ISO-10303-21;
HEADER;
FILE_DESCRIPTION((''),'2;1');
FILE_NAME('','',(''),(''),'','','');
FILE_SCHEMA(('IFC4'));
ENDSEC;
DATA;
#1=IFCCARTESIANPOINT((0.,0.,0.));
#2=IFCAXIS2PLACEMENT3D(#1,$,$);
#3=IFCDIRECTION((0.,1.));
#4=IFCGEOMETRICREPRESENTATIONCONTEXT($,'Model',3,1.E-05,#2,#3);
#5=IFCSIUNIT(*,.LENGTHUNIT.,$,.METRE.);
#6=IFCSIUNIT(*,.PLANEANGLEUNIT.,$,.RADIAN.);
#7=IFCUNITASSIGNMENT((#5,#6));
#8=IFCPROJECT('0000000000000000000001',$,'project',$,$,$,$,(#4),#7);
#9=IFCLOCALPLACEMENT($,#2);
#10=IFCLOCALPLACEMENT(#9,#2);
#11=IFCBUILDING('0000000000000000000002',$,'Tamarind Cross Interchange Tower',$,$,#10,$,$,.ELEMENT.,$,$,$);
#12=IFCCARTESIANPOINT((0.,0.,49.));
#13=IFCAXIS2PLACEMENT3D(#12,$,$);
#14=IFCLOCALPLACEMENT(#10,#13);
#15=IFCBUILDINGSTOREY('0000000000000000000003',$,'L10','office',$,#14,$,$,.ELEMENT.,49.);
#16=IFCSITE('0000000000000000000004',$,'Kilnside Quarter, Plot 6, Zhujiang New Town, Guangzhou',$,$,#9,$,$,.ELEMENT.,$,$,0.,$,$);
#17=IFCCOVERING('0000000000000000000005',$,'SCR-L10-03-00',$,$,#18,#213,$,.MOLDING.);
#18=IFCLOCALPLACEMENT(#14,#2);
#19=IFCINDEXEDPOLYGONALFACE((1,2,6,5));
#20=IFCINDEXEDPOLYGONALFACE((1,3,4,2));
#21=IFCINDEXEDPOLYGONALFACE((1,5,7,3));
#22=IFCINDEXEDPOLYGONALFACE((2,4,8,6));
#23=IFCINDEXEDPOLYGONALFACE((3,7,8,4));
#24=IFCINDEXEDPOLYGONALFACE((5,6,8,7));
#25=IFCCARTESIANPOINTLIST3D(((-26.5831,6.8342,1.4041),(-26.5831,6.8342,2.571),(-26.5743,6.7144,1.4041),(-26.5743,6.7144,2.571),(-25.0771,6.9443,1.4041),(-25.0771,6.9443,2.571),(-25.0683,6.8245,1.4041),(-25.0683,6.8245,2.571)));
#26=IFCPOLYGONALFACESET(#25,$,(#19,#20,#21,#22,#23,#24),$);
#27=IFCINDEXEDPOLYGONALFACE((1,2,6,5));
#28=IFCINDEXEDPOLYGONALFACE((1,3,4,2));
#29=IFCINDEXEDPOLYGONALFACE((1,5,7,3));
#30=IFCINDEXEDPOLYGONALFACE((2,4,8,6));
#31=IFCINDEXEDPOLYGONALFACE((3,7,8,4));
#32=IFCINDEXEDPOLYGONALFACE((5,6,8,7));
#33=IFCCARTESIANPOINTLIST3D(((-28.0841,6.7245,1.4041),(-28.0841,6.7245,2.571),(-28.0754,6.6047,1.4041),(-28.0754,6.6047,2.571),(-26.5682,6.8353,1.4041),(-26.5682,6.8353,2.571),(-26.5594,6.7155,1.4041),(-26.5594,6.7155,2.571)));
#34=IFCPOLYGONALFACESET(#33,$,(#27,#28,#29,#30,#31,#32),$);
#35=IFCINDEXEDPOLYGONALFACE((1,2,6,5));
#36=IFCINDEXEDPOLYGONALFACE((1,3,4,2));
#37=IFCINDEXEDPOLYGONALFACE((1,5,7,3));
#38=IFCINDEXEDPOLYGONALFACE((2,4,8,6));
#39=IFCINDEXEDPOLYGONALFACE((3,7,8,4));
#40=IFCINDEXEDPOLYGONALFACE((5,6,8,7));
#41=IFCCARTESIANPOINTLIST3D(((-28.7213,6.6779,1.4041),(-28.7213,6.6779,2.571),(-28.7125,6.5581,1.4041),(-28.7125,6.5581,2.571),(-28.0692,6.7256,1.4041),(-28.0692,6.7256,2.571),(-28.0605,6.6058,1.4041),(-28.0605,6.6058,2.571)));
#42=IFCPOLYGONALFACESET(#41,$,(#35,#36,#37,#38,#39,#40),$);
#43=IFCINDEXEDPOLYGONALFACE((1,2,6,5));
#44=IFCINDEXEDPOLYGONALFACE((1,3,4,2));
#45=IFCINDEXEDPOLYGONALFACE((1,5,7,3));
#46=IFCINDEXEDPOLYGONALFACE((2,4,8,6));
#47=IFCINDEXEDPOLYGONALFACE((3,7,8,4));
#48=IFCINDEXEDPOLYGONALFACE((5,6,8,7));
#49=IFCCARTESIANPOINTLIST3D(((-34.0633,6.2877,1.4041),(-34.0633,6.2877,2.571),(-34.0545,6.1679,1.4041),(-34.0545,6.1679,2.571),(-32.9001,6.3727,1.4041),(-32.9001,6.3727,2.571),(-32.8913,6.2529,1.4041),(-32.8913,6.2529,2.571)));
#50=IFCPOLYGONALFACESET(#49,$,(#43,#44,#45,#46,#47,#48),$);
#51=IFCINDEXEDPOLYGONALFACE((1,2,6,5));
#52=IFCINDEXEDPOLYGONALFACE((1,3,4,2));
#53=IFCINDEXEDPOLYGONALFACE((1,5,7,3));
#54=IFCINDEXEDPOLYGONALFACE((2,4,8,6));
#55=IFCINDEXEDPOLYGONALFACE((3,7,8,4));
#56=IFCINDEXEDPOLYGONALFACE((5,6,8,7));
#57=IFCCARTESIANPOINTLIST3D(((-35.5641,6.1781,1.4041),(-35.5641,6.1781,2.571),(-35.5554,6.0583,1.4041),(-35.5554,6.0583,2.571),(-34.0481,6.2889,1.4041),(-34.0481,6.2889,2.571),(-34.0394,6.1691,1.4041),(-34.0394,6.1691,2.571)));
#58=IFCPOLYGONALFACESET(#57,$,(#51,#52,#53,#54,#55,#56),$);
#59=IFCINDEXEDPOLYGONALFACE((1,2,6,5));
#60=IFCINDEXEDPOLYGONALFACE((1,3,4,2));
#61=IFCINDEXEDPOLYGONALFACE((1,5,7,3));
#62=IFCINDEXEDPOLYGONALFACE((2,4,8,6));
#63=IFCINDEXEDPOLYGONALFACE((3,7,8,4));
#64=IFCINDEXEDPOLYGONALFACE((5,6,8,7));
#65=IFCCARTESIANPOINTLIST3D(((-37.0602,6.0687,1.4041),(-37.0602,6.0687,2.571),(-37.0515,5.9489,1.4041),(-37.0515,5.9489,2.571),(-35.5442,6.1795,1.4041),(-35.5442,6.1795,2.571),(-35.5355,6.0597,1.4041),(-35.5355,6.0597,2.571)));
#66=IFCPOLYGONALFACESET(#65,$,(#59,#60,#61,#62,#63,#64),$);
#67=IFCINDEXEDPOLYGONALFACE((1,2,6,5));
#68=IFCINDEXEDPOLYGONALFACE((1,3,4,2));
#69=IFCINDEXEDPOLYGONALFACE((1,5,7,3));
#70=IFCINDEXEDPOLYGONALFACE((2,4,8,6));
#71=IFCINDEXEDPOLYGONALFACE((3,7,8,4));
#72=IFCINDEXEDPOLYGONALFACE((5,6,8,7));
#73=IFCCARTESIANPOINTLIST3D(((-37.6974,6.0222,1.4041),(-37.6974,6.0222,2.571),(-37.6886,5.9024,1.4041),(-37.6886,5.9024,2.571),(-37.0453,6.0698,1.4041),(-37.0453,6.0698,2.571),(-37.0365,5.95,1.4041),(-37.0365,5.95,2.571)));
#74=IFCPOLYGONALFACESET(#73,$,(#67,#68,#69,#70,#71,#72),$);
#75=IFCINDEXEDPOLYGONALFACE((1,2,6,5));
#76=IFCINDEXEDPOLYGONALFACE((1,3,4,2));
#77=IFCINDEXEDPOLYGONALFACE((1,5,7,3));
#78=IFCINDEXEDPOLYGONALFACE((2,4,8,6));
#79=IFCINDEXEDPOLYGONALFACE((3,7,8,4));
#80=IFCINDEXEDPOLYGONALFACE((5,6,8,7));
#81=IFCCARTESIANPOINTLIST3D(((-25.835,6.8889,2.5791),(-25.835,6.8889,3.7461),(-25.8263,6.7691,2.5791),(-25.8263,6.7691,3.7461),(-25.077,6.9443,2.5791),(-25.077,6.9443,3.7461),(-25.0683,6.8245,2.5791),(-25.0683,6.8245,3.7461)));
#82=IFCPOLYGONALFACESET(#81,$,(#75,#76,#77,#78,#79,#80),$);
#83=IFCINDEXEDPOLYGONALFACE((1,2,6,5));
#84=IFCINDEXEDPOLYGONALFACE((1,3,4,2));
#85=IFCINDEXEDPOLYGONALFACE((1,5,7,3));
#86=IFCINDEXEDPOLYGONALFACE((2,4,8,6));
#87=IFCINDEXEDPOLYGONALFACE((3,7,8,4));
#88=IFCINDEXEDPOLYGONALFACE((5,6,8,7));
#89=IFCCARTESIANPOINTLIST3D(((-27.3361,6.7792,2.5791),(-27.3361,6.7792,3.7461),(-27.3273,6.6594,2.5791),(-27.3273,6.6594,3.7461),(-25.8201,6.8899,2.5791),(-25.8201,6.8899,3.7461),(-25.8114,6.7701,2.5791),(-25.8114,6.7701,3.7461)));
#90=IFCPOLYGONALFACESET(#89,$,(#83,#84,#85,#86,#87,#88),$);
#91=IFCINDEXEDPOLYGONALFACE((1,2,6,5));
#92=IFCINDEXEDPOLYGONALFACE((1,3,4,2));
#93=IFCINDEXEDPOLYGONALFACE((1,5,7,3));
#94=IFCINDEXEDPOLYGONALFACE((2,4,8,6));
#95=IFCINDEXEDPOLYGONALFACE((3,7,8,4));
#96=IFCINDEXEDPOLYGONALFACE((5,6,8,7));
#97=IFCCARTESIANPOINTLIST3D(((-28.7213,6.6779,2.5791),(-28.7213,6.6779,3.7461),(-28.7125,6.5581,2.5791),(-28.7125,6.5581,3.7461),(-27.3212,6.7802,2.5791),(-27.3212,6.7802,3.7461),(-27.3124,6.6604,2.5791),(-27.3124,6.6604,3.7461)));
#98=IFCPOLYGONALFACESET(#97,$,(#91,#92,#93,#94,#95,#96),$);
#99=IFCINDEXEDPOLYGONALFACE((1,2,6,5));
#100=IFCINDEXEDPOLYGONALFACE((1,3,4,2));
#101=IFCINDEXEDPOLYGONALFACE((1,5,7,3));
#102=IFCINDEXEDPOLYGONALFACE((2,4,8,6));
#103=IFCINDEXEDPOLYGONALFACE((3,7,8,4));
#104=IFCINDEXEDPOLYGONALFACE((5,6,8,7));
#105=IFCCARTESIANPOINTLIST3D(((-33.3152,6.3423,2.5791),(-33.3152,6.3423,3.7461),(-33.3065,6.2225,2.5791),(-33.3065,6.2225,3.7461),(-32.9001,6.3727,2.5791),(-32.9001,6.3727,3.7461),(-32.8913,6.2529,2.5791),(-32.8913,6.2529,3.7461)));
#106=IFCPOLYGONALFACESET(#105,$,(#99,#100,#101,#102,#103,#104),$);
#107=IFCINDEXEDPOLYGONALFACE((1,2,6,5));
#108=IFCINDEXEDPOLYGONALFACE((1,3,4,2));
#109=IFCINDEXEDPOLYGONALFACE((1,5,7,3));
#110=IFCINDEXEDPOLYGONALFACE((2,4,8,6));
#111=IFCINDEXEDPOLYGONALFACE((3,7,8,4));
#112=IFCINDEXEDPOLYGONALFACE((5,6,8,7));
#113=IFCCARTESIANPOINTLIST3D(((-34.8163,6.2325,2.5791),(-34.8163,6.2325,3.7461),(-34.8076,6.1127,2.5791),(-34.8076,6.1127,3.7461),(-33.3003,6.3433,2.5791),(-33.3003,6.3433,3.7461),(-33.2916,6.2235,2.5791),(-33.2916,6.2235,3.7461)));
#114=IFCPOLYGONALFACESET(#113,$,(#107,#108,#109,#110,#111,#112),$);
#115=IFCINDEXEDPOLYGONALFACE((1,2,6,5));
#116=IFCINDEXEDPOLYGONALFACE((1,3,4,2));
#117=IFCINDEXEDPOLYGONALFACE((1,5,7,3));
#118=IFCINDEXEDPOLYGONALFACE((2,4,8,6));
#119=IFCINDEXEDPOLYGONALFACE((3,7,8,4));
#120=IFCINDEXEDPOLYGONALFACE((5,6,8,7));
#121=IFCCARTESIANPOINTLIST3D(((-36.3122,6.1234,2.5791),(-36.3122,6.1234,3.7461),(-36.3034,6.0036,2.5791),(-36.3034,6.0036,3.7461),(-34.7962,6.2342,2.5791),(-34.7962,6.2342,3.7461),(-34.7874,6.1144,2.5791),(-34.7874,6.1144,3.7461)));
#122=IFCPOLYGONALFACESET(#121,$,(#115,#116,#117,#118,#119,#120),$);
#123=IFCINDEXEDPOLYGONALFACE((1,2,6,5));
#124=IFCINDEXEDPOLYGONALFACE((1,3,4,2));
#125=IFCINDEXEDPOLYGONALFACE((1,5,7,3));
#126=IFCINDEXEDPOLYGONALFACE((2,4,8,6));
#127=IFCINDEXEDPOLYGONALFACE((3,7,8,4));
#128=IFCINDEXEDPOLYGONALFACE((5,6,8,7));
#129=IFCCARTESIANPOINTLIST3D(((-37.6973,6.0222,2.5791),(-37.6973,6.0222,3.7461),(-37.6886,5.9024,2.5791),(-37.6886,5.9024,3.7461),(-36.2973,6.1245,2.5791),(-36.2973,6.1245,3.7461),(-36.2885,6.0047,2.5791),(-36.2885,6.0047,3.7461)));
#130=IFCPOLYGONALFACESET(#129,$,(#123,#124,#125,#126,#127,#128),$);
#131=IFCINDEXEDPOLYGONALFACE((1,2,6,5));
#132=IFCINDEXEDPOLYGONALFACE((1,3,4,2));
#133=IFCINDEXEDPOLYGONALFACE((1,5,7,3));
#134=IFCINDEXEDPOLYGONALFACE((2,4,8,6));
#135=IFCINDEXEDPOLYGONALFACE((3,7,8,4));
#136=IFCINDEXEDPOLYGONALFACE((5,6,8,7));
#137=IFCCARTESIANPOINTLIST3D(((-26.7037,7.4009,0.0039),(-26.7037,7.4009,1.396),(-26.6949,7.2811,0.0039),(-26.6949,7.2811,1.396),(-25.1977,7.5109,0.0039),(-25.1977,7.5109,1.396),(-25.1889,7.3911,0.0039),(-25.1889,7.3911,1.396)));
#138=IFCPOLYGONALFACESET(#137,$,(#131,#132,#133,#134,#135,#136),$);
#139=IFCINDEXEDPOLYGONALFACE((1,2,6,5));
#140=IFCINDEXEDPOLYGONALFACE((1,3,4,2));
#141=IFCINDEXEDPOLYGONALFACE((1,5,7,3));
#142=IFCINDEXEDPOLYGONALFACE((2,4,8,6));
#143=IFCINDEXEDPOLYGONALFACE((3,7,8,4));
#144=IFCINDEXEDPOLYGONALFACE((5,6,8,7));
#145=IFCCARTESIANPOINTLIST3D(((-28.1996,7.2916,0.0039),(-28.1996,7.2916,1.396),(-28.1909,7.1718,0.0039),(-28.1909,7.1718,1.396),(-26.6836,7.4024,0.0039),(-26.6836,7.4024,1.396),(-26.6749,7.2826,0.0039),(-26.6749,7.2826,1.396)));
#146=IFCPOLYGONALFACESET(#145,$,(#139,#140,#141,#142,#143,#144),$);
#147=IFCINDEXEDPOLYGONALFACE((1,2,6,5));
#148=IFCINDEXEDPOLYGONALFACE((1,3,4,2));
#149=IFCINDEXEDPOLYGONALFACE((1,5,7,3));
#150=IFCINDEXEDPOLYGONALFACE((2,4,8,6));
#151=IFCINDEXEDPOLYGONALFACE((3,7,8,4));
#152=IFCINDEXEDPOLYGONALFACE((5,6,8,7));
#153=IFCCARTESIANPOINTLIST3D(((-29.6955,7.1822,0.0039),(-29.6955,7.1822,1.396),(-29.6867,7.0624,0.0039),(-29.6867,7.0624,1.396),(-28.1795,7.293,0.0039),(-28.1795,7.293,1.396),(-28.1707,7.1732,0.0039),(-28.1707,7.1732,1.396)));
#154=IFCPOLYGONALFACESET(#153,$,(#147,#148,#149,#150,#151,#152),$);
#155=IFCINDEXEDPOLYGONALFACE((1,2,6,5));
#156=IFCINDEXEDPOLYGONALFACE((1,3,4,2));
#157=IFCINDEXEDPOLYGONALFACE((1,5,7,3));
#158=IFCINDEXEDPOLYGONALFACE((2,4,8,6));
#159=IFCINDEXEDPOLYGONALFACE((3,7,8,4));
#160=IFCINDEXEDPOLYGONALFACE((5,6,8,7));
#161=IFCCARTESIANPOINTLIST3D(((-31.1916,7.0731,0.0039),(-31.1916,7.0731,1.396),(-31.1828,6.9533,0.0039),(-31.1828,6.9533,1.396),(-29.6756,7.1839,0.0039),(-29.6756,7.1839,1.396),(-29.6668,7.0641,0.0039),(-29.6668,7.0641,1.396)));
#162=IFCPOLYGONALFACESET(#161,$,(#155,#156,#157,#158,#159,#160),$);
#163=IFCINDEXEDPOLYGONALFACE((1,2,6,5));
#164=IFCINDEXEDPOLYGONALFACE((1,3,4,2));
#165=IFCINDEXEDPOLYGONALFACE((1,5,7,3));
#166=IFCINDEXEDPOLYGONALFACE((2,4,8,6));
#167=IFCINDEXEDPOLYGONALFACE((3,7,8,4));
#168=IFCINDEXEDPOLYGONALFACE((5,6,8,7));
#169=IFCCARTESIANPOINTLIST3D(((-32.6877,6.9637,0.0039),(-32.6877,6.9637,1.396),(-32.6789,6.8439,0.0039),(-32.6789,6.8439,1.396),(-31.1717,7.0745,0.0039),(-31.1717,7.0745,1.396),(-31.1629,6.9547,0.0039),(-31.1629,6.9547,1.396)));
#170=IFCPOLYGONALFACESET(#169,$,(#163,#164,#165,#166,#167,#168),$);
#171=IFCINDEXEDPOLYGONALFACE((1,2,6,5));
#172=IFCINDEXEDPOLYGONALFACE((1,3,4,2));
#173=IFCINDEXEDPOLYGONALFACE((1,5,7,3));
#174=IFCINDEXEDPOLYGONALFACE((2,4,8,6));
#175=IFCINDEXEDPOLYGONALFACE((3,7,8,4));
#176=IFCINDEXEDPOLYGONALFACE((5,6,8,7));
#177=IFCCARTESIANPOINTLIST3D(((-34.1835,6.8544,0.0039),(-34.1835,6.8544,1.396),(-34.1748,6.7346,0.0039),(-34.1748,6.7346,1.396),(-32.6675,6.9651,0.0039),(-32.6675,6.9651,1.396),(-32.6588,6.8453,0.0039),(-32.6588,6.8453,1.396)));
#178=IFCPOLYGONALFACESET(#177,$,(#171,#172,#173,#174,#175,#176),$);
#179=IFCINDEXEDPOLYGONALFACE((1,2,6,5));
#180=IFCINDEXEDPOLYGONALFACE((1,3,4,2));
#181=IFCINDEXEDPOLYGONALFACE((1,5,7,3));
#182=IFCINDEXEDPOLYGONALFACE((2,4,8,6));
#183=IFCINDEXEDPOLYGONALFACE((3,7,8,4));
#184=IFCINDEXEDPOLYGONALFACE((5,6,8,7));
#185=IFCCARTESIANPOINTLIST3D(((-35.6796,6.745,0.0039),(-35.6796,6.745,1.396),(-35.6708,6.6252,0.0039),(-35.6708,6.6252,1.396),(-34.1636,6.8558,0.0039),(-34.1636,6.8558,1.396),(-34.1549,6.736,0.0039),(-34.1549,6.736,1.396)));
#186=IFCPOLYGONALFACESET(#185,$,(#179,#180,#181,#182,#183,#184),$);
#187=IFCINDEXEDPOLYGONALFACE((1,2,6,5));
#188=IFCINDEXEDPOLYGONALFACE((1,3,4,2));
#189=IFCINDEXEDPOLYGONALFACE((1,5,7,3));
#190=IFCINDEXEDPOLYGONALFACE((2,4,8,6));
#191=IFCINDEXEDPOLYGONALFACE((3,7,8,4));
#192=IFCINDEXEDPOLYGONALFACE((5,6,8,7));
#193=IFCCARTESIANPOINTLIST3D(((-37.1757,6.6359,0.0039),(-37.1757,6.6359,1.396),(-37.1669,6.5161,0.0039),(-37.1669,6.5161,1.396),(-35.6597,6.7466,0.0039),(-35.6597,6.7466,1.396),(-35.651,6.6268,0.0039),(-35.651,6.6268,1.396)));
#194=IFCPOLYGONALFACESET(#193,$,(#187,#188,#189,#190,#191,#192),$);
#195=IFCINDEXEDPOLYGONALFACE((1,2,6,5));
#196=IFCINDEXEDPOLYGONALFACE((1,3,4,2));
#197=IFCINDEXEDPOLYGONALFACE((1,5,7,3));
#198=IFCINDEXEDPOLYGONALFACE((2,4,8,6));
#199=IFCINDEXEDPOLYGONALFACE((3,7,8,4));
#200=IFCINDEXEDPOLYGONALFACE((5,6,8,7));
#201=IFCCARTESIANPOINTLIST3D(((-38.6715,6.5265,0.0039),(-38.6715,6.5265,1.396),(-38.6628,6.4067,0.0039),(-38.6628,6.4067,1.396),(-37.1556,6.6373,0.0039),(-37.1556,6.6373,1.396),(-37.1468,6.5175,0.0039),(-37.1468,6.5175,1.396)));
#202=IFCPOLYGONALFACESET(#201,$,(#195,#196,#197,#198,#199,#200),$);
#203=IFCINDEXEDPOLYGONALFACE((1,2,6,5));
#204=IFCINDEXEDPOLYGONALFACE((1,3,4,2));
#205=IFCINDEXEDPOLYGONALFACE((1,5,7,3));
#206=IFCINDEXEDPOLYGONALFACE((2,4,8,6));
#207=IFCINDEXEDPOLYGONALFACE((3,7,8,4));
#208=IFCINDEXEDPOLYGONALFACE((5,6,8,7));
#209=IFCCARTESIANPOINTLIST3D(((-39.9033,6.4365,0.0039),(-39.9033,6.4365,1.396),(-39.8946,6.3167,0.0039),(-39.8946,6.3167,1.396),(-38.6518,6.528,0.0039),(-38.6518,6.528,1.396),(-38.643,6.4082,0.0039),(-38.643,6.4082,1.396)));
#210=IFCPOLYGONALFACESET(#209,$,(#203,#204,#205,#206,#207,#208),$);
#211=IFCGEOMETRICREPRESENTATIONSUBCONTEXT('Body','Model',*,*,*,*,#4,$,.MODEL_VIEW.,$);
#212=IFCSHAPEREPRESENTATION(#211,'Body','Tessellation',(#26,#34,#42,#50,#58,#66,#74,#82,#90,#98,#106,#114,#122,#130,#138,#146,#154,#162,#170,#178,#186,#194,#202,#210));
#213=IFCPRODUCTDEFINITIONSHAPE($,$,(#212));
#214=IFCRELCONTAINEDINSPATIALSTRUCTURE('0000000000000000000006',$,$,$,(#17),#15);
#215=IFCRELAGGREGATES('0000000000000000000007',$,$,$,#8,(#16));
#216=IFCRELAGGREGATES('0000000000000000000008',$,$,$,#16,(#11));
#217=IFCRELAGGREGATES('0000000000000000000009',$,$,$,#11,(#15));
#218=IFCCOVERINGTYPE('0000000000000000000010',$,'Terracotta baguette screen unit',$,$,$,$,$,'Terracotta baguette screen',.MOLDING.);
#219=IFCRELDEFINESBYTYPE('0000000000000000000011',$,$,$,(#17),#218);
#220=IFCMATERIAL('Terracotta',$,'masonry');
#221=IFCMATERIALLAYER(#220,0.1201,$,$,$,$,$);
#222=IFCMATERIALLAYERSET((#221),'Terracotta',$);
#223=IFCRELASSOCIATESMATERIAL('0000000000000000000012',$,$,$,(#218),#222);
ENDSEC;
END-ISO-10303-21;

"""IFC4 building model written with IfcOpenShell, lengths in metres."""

from ifc_helpers import new_model, si_unit, direction, frame, origin, origin_2d, place, context, subcontext, project, spatial, rectangle, extrude, material, layer, layer_set, type_object, element, save


model = new_model("IFC4")

# Units and contexts
model_context = context("Model", 3, precision=1e-05, world=origin(), true_north=direction((0.0, 1.0)))
body_context = subcontext(model_context, "Body", "Model", "MODEL_VIEW")
ifc_project = project(units=[si_unit("LENGTHUNIT", "METRE"), si_unit("PLANEANGLEUNIT", "RADIAN")], contexts=[model_context])

# Site, building, storey
site_placement = place(None, origin())
site = spatial("IfcSite", under=ifc_project, at=site_placement, Name="Kilnside Quarter, Plot 6, Zhujiang New Town, Guangzhou", CompositionType="ELEMENT", RefElevation=0.0)
building_placement = place(site_placement, origin())
building = spatial("IfcBuilding", under=site, at=building_placement, Name="Tamarind Cross Interchange Tower", CompositionType="ELEMENT")
storey_placement = place(building_placement, frame((0.0, 0.0, 49.0)))
storey = spatial("IfcBuildingStorey", under=building, at=storey_placement, Name="L10", Description="office", CompositionType="ELEMENT", Elevation=49.0)

# Covering
ifc_material_1 = material(Name="Terracotta", Category="masonry")
ifc_layer_1 = layer(ifc_material_1, 0.1201)
ifc_layer_set_1 = layer_set([ifc_layer_1], Name="Terracotta")
covering_type = type_object("IfcCoveringType", Name="Terracotta baguette screen unit", ElementType="Terracotta baguette screen", PredefinedType="MOLDING", material=ifc_layer_set_1)
covering_1_placement = place(storey_placement, origin())
element("IfcCovering", 1, at=covering_1_placement, inside=storey, type_object=covering_type, Name="SCR-L10-03-00", PredefinedType="MOLDING", context=body_context, shape_type="SweptSolid", body=[
    extrude(rectangle(XDim=1.51, YDim=0.1201, at=origin_2d()), frame((-25.8257, 6.8293, 1.4041), z_axis=(0.0, 0.0, 1.0), x_axis=(-0.997341, -0.072876, 0.0)), (0.0, 0.0, 1.0), 1.167),
    extrude(rectangle(XDim=1.52, YDim=0.1201, at=origin_2d()), frame((-27.3218, 6.72, 1.4041), z_axis=(0.0, 0.0, 1.0), x_axis=(-0.997341, -0.072876, 0.0)), (0.0, 0.0, 1.0), 1.167),
    extrude(rectangle(XDim=0.6538, YDim=0.1201, at=origin_2d()), frame((-28.3909, 6.6418, 1.4041), z_axis=(0.0, 0.0, 1.0), x_axis=(-0.997341, -0.072876, 0.0)), (0.0, 0.0, 1.0), 1.167),
    extrude(rectangle(XDim=1.1663, YDim=0.1201, at=origin_2d()), frame((-33.4773, 6.2703, 1.4041), z_axis=(0.0, 0.0, 1.0), x_axis=(-0.997341, -0.072876, 0.0)), (0.0, 0.0, 1.0), 1.167),
    extrude(rectangle(XDim=1.52, YDim=0.1201, at=origin_2d()), frame((-34.8018, 6.1736, 1.4041), z_axis=(0.0, 0.0, 1.0), x_axis=(-0.997341, -0.072876, 0.0)), (0.0, 0.0, 1.0), 1.167),
    extrude(rectangle(XDim=1.52, YDim=0.1201, at=origin_2d()), frame((-36.2979, 6.0642, 1.4041), z_axis=(0.0, 0.0, 1.0), x_axis=(-0.997341, -0.072876, 0.0)), (0.0, 0.0, 1.0), 1.167),
    extrude(rectangle(XDim=0.6538, YDim=0.1201, at=origin_2d()), frame((-37.3669, 5.9861, 1.4041), z_axis=(0.0, 0.0, 1.0), x_axis=(-0.997341, -0.072876, 0.0)), (0.0, 0.0, 1.0), 1.167),
    extrude(rectangle(XDim=0.76, YDim=0.1201, at=origin_2d()), frame((-25.4517, 6.8567, 2.5791), z_axis=(0.0, 0.0, 1.0), x_axis=(-0.997341, -0.072876, 0.0)), (0.0, 0.0, 1.0), 1.167),
    extrude(rectangle(XDim=1.52, YDim=0.1201, at=origin_2d()), frame((-26.5737, 6.7747, 2.5791), z_axis=(0.0, 0.0, 1.0), x_axis=(-0.997341, -0.072876, 0.0)), (0.0, 0.0, 1.0), 1.167),
    extrude(rectangle(XDim=1.4038, YDim=0.1201, at=origin_2d()), frame((-28.0168, 6.6692, 2.5791), z_axis=(0.0, 0.0, 1.0), x_axis=(-0.997341, -0.072876, 0.0)), (0.0, 0.0, 1.0), 1.167),
    extrude(rectangle(XDim=0.4163, YDim=0.1201, at=origin_2d()), frame((-33.1033, 6.2976, 2.5791), z_axis=(0.0, 0.0, 1.0), x_axis=(-0.997341, -0.072876, 0.0)), (0.0, 0.0, 1.0), 1.167),
    extrude(rectangle(XDim=1.52, YDim=0.1201, at=origin_2d()), frame((-34.054, 6.228, 2.5791), z_axis=(0.0, 0.0, 1.0), x_axis=(-0.997341, -0.072876, 0.0)), (0.0, 0.0, 1.0), 1.167),
    extrude(rectangle(XDim=1.52, YDim=0.1201, at=origin_2d()), frame((-35.5498, 6.1189, 2.5791), z_axis=(0.0, 0.0, 1.0), x_axis=(-0.997341, -0.072876, 0.0)), (0.0, 0.0, 1.0), 1.167),
    extrude(rectangle(XDim=1.4038, YDim=0.1201, at=origin_2d()), frame((-36.9929, 6.0134, 2.5791), z_axis=(0.0, 0.0, 1.0), x_axis=(-0.997341, -0.072876, 0.0)), (0.0, 0.0, 1.0), 1.167),
    extrude(rectangle(XDim=1.51, YDim=0.1201, at=origin_2d()), frame((-25.9463, 7.396, 0.0039), z_axis=(0.0, 0.0, 1.0), x_axis=(-0.997341, -0.072876, 0.0)), (0.0, 0.0, 1.0), 1.3921),
    extrude(rectangle(XDim=1.52, YDim=0.1201, at=origin_2d()), frame((-27.4373, 7.2871, 0.0039), z_axis=(0.0, 0.0, 1.0), x_axis=(-0.997341, -0.072876, 0.0)), (0.0, 0.0, 1.0), 1.3921),
    extrude(rectangle(XDim=1.52, YDim=0.1201, at=origin_2d()), frame((-28.9331, 7.1777, 0.0039), z_axis=(0.0, 0.0, 1.0), x_axis=(-0.997341, -0.072876, 0.0)), (0.0, 0.0, 1.0), 1.3921),
    extrude(rectangle(XDim=1.52, YDim=0.1201, at=origin_2d()), frame((-30.4292, 7.0686, 0.0039), z_axis=(0.0, 0.0, 1.0), x_axis=(-0.997341, -0.072876, 0.0)), (0.0, 0.0, 1.0), 1.3921),
    extrude(rectangle(XDim=1.52, YDim=0.1201, at=origin_2d()), frame((-31.9253, 6.9592, 0.0039), z_axis=(0.0, 0.0, 1.0), x_axis=(-0.997341, -0.072876, 0.0)), (0.0, 0.0, 1.0), 1.3921),
    extrude(rectangle(XDim=1.52, YDim=0.1201, at=origin_2d()), frame((-33.4211, 6.8499, 0.0039), z_axis=(0.0, 0.0, 1.0), x_axis=(-0.997341, -0.072876, 0.0)), (0.0, 0.0, 1.0), 1.3921),
    extrude(rectangle(XDim=1.52, YDim=0.1201, at=origin_2d()), frame((-34.9172, 6.7405, 0.0039), z_axis=(0.0, 0.0, 1.0), x_axis=(-0.997341, -0.072876, 0.0)), (0.0, 0.0, 1.0), 1.3921),
    extrude(rectangle(XDim=1.52, YDim=0.1201, at=origin_2d()), frame((-36.4133, 6.6313, 0.0039), z_axis=(0.0, 0.0, 1.0), x_axis=(-0.997341, -0.072876, 0.0)), (0.0, 0.0, 1.0), 1.3921),
    extrude(rectangle(XDim=1.52, YDim=0.1201, at=origin_2d()), frame((-37.9092, 6.522, 0.0039), z_axis=(0.0, 0.0, 1.0), x_axis=(-0.997341, -0.072876, 0.0)), (0.0, 0.0, 1.0), 1.3921),
    extrude(rectangle(XDim=1.2549, YDim=0.1201, at=origin_2d()), frame((-39.2732, 6.4224, 0.0039), z_axis=(0.0, 0.0, 1.0), x_axis=(-0.997341, -0.072876, 0.0)), (0.0, 0.0, 1.0), 1.3921),
])

save(model, "model.ifc")
